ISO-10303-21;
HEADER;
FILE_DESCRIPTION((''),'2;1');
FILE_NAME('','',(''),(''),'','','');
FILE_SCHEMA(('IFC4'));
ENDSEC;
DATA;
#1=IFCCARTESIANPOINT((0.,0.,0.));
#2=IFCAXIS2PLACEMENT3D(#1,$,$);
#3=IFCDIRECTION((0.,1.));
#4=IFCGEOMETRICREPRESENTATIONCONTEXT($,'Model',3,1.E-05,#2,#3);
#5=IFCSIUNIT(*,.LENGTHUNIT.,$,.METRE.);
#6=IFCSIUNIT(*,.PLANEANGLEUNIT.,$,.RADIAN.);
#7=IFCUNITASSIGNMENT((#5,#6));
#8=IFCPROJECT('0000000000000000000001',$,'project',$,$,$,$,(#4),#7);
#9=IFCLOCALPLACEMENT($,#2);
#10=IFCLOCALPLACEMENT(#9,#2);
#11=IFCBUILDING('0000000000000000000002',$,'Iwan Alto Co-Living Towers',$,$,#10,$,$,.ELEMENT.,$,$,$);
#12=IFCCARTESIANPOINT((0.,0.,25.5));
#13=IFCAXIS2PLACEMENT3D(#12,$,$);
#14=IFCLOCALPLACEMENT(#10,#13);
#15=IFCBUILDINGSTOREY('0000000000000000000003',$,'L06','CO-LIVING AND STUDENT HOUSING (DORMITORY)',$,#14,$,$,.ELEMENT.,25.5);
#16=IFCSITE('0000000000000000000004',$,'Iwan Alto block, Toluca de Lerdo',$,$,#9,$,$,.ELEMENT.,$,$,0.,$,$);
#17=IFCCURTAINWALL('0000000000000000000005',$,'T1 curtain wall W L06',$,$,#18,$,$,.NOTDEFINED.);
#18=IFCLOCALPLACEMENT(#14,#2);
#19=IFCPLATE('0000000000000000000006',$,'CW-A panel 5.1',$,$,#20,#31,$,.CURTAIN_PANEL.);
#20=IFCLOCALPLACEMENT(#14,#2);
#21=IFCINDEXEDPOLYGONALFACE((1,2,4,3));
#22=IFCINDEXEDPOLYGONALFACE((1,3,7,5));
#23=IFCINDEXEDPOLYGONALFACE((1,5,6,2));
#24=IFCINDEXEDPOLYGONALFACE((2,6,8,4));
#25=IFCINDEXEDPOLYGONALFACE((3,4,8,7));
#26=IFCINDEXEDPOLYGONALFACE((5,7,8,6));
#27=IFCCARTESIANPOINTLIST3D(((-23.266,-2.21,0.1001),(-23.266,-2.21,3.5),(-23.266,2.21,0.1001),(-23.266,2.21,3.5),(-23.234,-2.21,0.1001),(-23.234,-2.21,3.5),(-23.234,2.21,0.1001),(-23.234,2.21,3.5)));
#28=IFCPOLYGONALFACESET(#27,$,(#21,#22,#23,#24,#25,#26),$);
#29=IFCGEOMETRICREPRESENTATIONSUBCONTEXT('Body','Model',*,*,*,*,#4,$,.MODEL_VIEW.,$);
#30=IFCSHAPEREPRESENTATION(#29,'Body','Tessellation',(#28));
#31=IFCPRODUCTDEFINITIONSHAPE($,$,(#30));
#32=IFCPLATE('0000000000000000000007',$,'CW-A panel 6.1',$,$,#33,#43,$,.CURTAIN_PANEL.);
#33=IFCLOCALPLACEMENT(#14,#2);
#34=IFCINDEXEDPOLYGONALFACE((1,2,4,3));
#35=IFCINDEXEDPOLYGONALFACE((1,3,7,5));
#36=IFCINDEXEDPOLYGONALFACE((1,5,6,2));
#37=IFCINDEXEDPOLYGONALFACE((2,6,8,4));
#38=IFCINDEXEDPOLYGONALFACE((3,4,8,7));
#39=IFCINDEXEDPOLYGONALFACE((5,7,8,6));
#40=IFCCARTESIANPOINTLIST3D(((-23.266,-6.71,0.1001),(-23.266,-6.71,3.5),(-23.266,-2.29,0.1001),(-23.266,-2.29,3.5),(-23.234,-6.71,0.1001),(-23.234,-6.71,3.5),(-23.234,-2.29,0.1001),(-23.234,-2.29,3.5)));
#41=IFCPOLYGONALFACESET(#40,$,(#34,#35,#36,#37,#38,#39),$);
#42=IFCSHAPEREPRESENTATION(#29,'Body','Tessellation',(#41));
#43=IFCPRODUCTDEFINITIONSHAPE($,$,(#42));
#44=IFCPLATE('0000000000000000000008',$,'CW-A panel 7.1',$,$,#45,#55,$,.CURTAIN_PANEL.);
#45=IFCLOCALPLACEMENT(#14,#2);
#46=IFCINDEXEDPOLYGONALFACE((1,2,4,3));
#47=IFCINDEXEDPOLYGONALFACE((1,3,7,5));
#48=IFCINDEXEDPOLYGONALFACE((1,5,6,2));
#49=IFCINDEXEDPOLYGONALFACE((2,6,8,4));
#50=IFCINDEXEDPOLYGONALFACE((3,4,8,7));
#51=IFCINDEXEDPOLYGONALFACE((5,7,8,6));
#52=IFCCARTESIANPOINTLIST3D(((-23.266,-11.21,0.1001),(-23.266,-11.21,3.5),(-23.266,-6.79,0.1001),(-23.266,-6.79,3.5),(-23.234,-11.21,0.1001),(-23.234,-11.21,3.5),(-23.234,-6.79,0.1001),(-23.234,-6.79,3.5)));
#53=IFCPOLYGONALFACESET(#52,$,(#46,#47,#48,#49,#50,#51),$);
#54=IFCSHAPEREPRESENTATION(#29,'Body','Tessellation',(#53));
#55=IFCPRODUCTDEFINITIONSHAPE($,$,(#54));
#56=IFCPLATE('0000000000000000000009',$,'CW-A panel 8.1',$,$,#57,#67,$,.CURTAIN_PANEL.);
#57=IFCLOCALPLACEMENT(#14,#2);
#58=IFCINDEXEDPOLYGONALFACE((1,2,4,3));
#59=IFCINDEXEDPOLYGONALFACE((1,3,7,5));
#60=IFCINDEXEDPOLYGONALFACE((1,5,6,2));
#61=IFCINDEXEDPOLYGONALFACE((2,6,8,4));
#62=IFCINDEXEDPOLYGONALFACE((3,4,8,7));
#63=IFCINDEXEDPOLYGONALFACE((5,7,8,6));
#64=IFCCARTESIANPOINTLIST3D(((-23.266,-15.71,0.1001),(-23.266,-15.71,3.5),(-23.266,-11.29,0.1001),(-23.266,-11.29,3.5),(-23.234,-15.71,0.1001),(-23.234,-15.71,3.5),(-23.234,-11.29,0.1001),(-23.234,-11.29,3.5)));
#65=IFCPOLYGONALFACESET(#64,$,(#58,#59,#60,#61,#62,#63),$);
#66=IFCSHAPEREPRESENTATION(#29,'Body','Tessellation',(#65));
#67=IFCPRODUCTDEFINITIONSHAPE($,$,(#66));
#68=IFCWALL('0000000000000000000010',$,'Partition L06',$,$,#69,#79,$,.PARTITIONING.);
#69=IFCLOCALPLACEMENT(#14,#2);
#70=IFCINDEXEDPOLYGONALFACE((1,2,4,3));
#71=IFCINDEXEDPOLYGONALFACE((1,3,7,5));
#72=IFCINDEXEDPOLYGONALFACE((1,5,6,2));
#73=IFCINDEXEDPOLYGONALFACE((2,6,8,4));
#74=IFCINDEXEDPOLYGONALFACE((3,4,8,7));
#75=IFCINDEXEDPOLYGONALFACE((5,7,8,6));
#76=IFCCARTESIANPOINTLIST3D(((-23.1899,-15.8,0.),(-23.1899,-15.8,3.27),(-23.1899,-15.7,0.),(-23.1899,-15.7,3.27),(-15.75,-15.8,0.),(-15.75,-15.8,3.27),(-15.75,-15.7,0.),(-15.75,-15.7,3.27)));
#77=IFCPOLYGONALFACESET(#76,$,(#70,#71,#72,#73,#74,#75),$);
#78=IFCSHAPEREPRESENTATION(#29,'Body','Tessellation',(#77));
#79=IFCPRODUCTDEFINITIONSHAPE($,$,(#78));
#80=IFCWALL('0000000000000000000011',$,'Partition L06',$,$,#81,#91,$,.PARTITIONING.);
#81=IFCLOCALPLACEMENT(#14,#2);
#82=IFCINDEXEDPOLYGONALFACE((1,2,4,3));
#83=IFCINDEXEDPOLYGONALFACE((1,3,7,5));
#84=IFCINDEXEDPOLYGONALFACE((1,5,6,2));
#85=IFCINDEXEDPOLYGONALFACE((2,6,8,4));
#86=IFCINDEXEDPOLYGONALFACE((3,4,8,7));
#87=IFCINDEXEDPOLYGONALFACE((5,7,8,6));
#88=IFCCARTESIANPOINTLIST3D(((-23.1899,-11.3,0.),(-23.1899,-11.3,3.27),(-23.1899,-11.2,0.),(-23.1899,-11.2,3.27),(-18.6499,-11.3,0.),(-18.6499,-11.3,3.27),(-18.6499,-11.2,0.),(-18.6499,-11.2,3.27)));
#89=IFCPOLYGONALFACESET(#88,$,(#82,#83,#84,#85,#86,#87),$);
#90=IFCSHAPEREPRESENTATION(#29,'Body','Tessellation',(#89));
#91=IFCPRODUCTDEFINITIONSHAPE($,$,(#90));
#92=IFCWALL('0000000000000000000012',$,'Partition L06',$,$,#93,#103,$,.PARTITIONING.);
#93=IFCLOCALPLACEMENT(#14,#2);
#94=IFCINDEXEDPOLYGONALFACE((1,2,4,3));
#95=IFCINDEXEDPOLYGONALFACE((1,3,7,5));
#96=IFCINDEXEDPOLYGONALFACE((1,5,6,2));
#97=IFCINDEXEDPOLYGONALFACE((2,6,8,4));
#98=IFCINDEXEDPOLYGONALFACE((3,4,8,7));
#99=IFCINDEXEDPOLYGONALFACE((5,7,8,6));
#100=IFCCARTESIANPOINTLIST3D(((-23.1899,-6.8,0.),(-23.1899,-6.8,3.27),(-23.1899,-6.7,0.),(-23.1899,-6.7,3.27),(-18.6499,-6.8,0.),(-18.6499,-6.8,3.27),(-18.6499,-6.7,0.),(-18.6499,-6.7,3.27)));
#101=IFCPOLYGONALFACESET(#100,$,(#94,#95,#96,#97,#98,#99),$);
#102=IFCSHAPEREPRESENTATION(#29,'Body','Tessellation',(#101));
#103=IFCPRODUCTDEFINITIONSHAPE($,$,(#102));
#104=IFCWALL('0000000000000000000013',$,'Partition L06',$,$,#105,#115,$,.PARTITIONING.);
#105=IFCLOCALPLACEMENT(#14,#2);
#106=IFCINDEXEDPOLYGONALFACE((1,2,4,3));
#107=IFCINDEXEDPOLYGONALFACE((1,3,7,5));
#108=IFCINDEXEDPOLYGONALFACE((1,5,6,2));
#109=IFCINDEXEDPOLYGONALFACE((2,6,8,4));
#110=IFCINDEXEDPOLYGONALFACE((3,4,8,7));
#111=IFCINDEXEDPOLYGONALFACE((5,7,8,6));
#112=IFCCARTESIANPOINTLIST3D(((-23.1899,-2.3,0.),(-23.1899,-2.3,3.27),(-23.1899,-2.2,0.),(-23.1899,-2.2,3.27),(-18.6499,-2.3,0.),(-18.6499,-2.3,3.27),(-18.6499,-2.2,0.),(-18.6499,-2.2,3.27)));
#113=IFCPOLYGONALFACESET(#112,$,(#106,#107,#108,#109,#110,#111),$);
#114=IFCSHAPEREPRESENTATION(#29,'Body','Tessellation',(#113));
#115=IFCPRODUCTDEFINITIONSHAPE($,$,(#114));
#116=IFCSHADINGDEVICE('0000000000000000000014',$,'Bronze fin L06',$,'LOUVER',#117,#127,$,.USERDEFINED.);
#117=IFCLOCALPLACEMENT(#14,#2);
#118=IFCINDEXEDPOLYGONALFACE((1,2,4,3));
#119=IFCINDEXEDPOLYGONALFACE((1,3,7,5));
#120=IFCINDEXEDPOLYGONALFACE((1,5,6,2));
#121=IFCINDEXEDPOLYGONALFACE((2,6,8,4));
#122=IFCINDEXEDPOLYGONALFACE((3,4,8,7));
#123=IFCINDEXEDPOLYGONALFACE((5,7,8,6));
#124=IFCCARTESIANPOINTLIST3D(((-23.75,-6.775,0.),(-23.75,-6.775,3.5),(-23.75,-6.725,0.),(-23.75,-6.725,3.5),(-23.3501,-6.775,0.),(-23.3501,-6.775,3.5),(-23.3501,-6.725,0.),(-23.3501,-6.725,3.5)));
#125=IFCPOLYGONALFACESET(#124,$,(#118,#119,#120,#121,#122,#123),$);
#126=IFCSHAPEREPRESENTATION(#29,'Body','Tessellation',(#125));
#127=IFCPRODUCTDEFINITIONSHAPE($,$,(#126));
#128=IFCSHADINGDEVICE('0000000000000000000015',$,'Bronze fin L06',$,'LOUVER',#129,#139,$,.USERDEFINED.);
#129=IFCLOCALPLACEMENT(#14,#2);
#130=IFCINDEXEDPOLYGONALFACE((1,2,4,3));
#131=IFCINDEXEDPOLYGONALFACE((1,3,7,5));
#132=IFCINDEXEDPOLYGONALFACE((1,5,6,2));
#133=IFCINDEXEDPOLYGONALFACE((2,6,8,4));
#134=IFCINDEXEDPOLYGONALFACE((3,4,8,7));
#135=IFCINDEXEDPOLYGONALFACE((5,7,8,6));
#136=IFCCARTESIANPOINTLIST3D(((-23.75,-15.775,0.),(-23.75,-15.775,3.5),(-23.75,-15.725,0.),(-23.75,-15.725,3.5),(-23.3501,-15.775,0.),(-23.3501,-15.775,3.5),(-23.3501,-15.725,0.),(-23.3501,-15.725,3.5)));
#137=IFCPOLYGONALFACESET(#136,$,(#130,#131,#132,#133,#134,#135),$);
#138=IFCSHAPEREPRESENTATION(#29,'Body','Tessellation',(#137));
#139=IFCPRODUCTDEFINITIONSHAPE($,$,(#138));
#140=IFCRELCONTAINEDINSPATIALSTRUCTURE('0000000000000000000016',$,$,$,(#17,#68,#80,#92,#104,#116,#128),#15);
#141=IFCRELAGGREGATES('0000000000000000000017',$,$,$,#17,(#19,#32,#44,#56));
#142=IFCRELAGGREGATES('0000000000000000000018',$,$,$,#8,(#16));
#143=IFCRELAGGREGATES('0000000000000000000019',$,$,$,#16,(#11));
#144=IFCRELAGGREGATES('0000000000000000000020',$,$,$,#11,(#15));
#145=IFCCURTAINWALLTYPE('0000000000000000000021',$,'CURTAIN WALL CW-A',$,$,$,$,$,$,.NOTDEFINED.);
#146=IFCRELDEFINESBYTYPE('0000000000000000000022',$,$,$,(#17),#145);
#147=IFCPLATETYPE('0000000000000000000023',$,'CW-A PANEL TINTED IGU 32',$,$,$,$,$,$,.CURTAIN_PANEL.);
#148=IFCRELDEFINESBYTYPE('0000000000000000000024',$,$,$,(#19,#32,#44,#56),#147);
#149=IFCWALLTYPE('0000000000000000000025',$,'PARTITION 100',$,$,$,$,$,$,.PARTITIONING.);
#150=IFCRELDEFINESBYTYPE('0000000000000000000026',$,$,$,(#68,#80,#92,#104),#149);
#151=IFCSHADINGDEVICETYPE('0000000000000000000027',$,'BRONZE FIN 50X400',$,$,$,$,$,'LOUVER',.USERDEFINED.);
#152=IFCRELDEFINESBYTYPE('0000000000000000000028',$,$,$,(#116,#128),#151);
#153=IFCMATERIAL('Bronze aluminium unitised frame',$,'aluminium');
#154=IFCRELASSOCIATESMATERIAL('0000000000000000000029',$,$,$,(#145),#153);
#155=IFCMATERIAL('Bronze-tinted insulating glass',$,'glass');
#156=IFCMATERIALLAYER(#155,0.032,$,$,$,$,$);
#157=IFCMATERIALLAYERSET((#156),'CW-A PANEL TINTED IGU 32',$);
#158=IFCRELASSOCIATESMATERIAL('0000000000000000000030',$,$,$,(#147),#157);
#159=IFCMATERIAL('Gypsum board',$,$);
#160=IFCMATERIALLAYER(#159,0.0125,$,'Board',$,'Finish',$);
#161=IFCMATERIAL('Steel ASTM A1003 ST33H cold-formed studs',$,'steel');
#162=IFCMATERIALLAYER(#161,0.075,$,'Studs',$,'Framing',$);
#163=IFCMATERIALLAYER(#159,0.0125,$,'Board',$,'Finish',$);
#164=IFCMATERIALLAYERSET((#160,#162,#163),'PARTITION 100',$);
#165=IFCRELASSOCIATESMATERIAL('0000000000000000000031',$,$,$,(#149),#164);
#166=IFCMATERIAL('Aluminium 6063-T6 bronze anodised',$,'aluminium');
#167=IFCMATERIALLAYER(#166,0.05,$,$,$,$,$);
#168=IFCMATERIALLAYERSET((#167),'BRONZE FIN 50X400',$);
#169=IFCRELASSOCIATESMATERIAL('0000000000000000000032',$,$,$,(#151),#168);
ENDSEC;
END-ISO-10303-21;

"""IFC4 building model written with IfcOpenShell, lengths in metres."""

from ifc_helpers import new_model, si_unit, direction, frame, frame_2d, origin, origin_2d, place, context, subcontext, project, spatial, rectangle, extrude, material, layer, layer_set, type_object, element, aggregate, save


model = new_model("IFC4")

# Units and contexts
model_context = context("Model", 3, precision=1e-05, world=origin(), true_north=direction((0.0, 1.0)))
body_context = subcontext(model_context, "Body", "Model", "MODEL_VIEW")
ifc_project = project(units=[si_unit("LENGTHUNIT", "METRE"), si_unit("PLANEANGLEUNIT", "RADIAN")], contexts=[model_context])

# Site, building, storey
site_placement = place(None, origin())
site = spatial("IfcSite", under=ifc_project, at=site_placement, Name="Iwan Alto block, Toluca de Lerdo", CompositionType="ELEMENT", RefElevation=0.0)
building_placement = place(site_placement, origin())
building = spatial("IfcBuilding", under=site, at=building_placement, Name="Iwan Alto Co-Living Towers", CompositionType="ELEMENT")
storey_placement = place(building_placement, frame((0.0, 0.0, 25.5)))
storey = spatial("IfcBuildingStorey", under=building, at=storey_placement, Name="L06", Description="CO-LIVING AND STUDENT HOUSING (DORMITORY)", CompositionType="ELEMENT", Elevation=25.5)

# Curtain wall
ifc_material_1 = material(Name="Bronze aluminium unitised frame", Category="aluminium")
curtain_wall_type = type_object("IfcCurtainWallType", Name="CURTAIN WALL CW-A", PredefinedType="NOTDEFINED", material=ifc_material_1)
curtain_wall_placement = place(storey_placement, origin())
curtain_wall = element("IfcCurtainWall", 1, at=curtain_wall_placement, inside=storey, type_object=curtain_wall_type, Name="T1 curtain wall W L06", PredefinedType="NOTDEFINED")

# Plates
ifc_material_2 = material(Name="Bronze-tinted insulating glass", Category="glass")
ifc_layer_1 = layer(ifc_material_2, 0.032)
ifc_layer_set_1 = layer_set([ifc_layer_1], Name="CW-A PANEL TINTED IGU 32")
plate_type = type_object("IfcPlateType", Name="CW-A PANEL TINTED IGU 32", PredefinedType="CURTAIN_PANEL", material=ifc_layer_set_1)
plate_1_placement = place(storey_placement, frame((-23.25, 0.0, 0.1001), z_axis=(0.0, 0.0, 1.0), x_axis=(0.0, -1.0, 0.0)))
plate_1 = element("IfcPlate", 2, at=plate_1_placement, type_object=plate_type, Name="CW-A panel 5.1", PredefinedType="CURTAIN_PANEL", context=body_context, shape_type="SweptSolid", body=[
    extrude(rectangle(XDim=4.4199, YDim=0.032, at=origin_2d()), origin(), (0.0, 0.0, 1.0), 3.3999),
])
plate_2_placement = place(storey_placement, frame((-23.25, -4.5, 0.1001), z_axis=(0.0, 0.0, 1.0), x_axis=(0.0, -1.0, 0.0)))
plate_2 = element("IfcPlate", 3, at=plate_2_placement, type_object=plate_type, Name="CW-A panel 6.1", PredefinedType="CURTAIN_PANEL", context=body_context, shape_type="SweptSolid", body=[
    extrude(rectangle(XDim=4.4199, YDim=0.032, at=origin_2d()), origin(), (0.0, 0.0, 1.0), 3.3999),
])
plate_3_placement = place(storey_placement, frame((-23.25, -9.0, 0.1001), z_axis=(0.0, 0.0, 1.0), x_axis=(0.0, -1.0, 0.0)))
plate_3 = element("IfcPlate", 4, at=plate_3_placement, type_object=plate_type, Name="CW-A panel 7.1", PredefinedType="CURTAIN_PANEL", context=body_context, shape_type="SweptSolid", body=[
    extrude(rectangle(XDim=4.4199, YDim=0.032, at=origin_2d()), origin(), (0.0, 0.0, 1.0), 3.3999),
])
plate_4_placement = place(storey_placement, frame((-23.25, -13.5, 0.1001), z_axis=(0.0, 0.0, 1.0), x_axis=(0.0, -1.0, 0.0)))
plate_4 = element("IfcPlate", 5, at=plate_4_placement, type_object=plate_type, Name="CW-A panel 8.1", PredefinedType="CURTAIN_PANEL", context=body_context, shape_type="SweptSolid", body=[
    extrude(rectangle(XDim=4.4199, YDim=0.032, at=origin_2d()), origin(), (0.0, 0.0, 1.0), 3.3999),
])
aggregate(curtain_wall, [plate_1, plate_2, plate_3, plate_4])

# Walls
ifc_material_3 = material(Name="Gypsum board")
ifc_layer_2 = layer(ifc_material_3, 0.0125, Name="Board", Category="Finish")
ifc_material_4 = material(Name="Steel ASTM A1003 ST33H cold-formed studs", Category="steel")
ifc_layer_3 = layer(ifc_material_4, 0.075, Name="Studs", Category="Framing")
ifc_layer_4 = layer(ifc_material_3, 0.0125, Name="Board", Category="Finish")
ifc_layer_set_2 = layer_set([ifc_layer_2, ifc_layer_3, ifc_layer_4], Name="PARTITION 100")
wall_type = type_object("IfcWallType", Name="PARTITION 100", PredefinedType="PARTITIONING", material=ifc_layer_set_2)
wall_placement = place(storey_placement, frame((-23.1899, -15.75, 0.0), z_axis=(0.0, 0.0, 1.0), x_axis=(1.0, 0.0, 0.0)))
element("IfcWall", 6, at=wall_placement, inside=storey, type_object=wall_type, Name="Partition L06", PredefinedType="PARTITIONING", context=body_context, shape_type="SweptSolid", body=[
    extrude(rectangle(XDim=7.4399, YDim=0.1001, at=frame_2d((3.72, 0.0))), origin(), (0.0, 0.0, 1.0), 3.27),
])
for number, where, z_axis, x_axis, name in (
    (7, (-23.1899, -11.25, 0.0), (0.0, 0.0, 1.0), (1.0, 0.0, 0.0), "Partition L06"),
    (8, (-23.1899, -6.75, 0.0), (0.0, 0.0, 1.0), (1.0, 0.0, 0.0), "Partition L06"),
    (9, (-23.1899, -2.25, 0.0), (0.0, 0.0, 1.0), (1.0, 0.0, 0.0), "Partition L06"),
):
    element("IfcWall", number, at=place(storey_placement, frame(where, z_axis=z_axis, x_axis=x_axis)), inside=storey, type_object=wall_type, Name=name, PredefinedType="PARTITIONING", context=body_context, shape_type="SweptSolid", body=[
        extrude(rectangle(XDim=4.54, YDim=0.1001, at=frame_2d((2.27, 0.0))), origin(), (0.0, 0.0, 1.0), 3.27),
    ])

# Shading devices
ifc_material_5 = material(Name="Aluminium 6063-T6 bronze anodised", Category="aluminium")
ifc_layer_5 = layer(ifc_material_5, 0.05)
ifc_layer_set_3 = layer_set([ifc_layer_5], Name="BRONZE FIN 50X400")
shading_device_type = type_object("IfcShadingDeviceType", Name="BRONZE FIN 50X400", ElementType="LOUVER", PredefinedType="USERDEFINED", material=ifc_layer_set_3)
for number, where, z_axis, x_axis, name in (
    (10, (-23.55, -6.75, 0.0), (0.0, 0.0, 1.0), (0.0, -1.0, 0.0), "Bronze fin L06"),
    (11, (-23.55, -15.75, 0.0), (0.0, 0.0, 1.0), (0.0, -1.0, 0.0), "Bronze fin L06"),
):
    element("IfcShadingDevice", number, at=place(storey_placement, frame(where, z_axis=z_axis, x_axis=x_axis)), inside=storey, type_object=shading_device_type, Name=name, ObjectType="LOUVER", PredefinedType="USERDEFINED", context=body_context, shape_type="SweptSolid", body=[
        extrude(rectangle(XDim=0.05, YDim=0.3999, at=origin_2d()), origin(), (0.0, 0.0, 1.0), 3.5),
    ])

save(model, "model.ifc")
